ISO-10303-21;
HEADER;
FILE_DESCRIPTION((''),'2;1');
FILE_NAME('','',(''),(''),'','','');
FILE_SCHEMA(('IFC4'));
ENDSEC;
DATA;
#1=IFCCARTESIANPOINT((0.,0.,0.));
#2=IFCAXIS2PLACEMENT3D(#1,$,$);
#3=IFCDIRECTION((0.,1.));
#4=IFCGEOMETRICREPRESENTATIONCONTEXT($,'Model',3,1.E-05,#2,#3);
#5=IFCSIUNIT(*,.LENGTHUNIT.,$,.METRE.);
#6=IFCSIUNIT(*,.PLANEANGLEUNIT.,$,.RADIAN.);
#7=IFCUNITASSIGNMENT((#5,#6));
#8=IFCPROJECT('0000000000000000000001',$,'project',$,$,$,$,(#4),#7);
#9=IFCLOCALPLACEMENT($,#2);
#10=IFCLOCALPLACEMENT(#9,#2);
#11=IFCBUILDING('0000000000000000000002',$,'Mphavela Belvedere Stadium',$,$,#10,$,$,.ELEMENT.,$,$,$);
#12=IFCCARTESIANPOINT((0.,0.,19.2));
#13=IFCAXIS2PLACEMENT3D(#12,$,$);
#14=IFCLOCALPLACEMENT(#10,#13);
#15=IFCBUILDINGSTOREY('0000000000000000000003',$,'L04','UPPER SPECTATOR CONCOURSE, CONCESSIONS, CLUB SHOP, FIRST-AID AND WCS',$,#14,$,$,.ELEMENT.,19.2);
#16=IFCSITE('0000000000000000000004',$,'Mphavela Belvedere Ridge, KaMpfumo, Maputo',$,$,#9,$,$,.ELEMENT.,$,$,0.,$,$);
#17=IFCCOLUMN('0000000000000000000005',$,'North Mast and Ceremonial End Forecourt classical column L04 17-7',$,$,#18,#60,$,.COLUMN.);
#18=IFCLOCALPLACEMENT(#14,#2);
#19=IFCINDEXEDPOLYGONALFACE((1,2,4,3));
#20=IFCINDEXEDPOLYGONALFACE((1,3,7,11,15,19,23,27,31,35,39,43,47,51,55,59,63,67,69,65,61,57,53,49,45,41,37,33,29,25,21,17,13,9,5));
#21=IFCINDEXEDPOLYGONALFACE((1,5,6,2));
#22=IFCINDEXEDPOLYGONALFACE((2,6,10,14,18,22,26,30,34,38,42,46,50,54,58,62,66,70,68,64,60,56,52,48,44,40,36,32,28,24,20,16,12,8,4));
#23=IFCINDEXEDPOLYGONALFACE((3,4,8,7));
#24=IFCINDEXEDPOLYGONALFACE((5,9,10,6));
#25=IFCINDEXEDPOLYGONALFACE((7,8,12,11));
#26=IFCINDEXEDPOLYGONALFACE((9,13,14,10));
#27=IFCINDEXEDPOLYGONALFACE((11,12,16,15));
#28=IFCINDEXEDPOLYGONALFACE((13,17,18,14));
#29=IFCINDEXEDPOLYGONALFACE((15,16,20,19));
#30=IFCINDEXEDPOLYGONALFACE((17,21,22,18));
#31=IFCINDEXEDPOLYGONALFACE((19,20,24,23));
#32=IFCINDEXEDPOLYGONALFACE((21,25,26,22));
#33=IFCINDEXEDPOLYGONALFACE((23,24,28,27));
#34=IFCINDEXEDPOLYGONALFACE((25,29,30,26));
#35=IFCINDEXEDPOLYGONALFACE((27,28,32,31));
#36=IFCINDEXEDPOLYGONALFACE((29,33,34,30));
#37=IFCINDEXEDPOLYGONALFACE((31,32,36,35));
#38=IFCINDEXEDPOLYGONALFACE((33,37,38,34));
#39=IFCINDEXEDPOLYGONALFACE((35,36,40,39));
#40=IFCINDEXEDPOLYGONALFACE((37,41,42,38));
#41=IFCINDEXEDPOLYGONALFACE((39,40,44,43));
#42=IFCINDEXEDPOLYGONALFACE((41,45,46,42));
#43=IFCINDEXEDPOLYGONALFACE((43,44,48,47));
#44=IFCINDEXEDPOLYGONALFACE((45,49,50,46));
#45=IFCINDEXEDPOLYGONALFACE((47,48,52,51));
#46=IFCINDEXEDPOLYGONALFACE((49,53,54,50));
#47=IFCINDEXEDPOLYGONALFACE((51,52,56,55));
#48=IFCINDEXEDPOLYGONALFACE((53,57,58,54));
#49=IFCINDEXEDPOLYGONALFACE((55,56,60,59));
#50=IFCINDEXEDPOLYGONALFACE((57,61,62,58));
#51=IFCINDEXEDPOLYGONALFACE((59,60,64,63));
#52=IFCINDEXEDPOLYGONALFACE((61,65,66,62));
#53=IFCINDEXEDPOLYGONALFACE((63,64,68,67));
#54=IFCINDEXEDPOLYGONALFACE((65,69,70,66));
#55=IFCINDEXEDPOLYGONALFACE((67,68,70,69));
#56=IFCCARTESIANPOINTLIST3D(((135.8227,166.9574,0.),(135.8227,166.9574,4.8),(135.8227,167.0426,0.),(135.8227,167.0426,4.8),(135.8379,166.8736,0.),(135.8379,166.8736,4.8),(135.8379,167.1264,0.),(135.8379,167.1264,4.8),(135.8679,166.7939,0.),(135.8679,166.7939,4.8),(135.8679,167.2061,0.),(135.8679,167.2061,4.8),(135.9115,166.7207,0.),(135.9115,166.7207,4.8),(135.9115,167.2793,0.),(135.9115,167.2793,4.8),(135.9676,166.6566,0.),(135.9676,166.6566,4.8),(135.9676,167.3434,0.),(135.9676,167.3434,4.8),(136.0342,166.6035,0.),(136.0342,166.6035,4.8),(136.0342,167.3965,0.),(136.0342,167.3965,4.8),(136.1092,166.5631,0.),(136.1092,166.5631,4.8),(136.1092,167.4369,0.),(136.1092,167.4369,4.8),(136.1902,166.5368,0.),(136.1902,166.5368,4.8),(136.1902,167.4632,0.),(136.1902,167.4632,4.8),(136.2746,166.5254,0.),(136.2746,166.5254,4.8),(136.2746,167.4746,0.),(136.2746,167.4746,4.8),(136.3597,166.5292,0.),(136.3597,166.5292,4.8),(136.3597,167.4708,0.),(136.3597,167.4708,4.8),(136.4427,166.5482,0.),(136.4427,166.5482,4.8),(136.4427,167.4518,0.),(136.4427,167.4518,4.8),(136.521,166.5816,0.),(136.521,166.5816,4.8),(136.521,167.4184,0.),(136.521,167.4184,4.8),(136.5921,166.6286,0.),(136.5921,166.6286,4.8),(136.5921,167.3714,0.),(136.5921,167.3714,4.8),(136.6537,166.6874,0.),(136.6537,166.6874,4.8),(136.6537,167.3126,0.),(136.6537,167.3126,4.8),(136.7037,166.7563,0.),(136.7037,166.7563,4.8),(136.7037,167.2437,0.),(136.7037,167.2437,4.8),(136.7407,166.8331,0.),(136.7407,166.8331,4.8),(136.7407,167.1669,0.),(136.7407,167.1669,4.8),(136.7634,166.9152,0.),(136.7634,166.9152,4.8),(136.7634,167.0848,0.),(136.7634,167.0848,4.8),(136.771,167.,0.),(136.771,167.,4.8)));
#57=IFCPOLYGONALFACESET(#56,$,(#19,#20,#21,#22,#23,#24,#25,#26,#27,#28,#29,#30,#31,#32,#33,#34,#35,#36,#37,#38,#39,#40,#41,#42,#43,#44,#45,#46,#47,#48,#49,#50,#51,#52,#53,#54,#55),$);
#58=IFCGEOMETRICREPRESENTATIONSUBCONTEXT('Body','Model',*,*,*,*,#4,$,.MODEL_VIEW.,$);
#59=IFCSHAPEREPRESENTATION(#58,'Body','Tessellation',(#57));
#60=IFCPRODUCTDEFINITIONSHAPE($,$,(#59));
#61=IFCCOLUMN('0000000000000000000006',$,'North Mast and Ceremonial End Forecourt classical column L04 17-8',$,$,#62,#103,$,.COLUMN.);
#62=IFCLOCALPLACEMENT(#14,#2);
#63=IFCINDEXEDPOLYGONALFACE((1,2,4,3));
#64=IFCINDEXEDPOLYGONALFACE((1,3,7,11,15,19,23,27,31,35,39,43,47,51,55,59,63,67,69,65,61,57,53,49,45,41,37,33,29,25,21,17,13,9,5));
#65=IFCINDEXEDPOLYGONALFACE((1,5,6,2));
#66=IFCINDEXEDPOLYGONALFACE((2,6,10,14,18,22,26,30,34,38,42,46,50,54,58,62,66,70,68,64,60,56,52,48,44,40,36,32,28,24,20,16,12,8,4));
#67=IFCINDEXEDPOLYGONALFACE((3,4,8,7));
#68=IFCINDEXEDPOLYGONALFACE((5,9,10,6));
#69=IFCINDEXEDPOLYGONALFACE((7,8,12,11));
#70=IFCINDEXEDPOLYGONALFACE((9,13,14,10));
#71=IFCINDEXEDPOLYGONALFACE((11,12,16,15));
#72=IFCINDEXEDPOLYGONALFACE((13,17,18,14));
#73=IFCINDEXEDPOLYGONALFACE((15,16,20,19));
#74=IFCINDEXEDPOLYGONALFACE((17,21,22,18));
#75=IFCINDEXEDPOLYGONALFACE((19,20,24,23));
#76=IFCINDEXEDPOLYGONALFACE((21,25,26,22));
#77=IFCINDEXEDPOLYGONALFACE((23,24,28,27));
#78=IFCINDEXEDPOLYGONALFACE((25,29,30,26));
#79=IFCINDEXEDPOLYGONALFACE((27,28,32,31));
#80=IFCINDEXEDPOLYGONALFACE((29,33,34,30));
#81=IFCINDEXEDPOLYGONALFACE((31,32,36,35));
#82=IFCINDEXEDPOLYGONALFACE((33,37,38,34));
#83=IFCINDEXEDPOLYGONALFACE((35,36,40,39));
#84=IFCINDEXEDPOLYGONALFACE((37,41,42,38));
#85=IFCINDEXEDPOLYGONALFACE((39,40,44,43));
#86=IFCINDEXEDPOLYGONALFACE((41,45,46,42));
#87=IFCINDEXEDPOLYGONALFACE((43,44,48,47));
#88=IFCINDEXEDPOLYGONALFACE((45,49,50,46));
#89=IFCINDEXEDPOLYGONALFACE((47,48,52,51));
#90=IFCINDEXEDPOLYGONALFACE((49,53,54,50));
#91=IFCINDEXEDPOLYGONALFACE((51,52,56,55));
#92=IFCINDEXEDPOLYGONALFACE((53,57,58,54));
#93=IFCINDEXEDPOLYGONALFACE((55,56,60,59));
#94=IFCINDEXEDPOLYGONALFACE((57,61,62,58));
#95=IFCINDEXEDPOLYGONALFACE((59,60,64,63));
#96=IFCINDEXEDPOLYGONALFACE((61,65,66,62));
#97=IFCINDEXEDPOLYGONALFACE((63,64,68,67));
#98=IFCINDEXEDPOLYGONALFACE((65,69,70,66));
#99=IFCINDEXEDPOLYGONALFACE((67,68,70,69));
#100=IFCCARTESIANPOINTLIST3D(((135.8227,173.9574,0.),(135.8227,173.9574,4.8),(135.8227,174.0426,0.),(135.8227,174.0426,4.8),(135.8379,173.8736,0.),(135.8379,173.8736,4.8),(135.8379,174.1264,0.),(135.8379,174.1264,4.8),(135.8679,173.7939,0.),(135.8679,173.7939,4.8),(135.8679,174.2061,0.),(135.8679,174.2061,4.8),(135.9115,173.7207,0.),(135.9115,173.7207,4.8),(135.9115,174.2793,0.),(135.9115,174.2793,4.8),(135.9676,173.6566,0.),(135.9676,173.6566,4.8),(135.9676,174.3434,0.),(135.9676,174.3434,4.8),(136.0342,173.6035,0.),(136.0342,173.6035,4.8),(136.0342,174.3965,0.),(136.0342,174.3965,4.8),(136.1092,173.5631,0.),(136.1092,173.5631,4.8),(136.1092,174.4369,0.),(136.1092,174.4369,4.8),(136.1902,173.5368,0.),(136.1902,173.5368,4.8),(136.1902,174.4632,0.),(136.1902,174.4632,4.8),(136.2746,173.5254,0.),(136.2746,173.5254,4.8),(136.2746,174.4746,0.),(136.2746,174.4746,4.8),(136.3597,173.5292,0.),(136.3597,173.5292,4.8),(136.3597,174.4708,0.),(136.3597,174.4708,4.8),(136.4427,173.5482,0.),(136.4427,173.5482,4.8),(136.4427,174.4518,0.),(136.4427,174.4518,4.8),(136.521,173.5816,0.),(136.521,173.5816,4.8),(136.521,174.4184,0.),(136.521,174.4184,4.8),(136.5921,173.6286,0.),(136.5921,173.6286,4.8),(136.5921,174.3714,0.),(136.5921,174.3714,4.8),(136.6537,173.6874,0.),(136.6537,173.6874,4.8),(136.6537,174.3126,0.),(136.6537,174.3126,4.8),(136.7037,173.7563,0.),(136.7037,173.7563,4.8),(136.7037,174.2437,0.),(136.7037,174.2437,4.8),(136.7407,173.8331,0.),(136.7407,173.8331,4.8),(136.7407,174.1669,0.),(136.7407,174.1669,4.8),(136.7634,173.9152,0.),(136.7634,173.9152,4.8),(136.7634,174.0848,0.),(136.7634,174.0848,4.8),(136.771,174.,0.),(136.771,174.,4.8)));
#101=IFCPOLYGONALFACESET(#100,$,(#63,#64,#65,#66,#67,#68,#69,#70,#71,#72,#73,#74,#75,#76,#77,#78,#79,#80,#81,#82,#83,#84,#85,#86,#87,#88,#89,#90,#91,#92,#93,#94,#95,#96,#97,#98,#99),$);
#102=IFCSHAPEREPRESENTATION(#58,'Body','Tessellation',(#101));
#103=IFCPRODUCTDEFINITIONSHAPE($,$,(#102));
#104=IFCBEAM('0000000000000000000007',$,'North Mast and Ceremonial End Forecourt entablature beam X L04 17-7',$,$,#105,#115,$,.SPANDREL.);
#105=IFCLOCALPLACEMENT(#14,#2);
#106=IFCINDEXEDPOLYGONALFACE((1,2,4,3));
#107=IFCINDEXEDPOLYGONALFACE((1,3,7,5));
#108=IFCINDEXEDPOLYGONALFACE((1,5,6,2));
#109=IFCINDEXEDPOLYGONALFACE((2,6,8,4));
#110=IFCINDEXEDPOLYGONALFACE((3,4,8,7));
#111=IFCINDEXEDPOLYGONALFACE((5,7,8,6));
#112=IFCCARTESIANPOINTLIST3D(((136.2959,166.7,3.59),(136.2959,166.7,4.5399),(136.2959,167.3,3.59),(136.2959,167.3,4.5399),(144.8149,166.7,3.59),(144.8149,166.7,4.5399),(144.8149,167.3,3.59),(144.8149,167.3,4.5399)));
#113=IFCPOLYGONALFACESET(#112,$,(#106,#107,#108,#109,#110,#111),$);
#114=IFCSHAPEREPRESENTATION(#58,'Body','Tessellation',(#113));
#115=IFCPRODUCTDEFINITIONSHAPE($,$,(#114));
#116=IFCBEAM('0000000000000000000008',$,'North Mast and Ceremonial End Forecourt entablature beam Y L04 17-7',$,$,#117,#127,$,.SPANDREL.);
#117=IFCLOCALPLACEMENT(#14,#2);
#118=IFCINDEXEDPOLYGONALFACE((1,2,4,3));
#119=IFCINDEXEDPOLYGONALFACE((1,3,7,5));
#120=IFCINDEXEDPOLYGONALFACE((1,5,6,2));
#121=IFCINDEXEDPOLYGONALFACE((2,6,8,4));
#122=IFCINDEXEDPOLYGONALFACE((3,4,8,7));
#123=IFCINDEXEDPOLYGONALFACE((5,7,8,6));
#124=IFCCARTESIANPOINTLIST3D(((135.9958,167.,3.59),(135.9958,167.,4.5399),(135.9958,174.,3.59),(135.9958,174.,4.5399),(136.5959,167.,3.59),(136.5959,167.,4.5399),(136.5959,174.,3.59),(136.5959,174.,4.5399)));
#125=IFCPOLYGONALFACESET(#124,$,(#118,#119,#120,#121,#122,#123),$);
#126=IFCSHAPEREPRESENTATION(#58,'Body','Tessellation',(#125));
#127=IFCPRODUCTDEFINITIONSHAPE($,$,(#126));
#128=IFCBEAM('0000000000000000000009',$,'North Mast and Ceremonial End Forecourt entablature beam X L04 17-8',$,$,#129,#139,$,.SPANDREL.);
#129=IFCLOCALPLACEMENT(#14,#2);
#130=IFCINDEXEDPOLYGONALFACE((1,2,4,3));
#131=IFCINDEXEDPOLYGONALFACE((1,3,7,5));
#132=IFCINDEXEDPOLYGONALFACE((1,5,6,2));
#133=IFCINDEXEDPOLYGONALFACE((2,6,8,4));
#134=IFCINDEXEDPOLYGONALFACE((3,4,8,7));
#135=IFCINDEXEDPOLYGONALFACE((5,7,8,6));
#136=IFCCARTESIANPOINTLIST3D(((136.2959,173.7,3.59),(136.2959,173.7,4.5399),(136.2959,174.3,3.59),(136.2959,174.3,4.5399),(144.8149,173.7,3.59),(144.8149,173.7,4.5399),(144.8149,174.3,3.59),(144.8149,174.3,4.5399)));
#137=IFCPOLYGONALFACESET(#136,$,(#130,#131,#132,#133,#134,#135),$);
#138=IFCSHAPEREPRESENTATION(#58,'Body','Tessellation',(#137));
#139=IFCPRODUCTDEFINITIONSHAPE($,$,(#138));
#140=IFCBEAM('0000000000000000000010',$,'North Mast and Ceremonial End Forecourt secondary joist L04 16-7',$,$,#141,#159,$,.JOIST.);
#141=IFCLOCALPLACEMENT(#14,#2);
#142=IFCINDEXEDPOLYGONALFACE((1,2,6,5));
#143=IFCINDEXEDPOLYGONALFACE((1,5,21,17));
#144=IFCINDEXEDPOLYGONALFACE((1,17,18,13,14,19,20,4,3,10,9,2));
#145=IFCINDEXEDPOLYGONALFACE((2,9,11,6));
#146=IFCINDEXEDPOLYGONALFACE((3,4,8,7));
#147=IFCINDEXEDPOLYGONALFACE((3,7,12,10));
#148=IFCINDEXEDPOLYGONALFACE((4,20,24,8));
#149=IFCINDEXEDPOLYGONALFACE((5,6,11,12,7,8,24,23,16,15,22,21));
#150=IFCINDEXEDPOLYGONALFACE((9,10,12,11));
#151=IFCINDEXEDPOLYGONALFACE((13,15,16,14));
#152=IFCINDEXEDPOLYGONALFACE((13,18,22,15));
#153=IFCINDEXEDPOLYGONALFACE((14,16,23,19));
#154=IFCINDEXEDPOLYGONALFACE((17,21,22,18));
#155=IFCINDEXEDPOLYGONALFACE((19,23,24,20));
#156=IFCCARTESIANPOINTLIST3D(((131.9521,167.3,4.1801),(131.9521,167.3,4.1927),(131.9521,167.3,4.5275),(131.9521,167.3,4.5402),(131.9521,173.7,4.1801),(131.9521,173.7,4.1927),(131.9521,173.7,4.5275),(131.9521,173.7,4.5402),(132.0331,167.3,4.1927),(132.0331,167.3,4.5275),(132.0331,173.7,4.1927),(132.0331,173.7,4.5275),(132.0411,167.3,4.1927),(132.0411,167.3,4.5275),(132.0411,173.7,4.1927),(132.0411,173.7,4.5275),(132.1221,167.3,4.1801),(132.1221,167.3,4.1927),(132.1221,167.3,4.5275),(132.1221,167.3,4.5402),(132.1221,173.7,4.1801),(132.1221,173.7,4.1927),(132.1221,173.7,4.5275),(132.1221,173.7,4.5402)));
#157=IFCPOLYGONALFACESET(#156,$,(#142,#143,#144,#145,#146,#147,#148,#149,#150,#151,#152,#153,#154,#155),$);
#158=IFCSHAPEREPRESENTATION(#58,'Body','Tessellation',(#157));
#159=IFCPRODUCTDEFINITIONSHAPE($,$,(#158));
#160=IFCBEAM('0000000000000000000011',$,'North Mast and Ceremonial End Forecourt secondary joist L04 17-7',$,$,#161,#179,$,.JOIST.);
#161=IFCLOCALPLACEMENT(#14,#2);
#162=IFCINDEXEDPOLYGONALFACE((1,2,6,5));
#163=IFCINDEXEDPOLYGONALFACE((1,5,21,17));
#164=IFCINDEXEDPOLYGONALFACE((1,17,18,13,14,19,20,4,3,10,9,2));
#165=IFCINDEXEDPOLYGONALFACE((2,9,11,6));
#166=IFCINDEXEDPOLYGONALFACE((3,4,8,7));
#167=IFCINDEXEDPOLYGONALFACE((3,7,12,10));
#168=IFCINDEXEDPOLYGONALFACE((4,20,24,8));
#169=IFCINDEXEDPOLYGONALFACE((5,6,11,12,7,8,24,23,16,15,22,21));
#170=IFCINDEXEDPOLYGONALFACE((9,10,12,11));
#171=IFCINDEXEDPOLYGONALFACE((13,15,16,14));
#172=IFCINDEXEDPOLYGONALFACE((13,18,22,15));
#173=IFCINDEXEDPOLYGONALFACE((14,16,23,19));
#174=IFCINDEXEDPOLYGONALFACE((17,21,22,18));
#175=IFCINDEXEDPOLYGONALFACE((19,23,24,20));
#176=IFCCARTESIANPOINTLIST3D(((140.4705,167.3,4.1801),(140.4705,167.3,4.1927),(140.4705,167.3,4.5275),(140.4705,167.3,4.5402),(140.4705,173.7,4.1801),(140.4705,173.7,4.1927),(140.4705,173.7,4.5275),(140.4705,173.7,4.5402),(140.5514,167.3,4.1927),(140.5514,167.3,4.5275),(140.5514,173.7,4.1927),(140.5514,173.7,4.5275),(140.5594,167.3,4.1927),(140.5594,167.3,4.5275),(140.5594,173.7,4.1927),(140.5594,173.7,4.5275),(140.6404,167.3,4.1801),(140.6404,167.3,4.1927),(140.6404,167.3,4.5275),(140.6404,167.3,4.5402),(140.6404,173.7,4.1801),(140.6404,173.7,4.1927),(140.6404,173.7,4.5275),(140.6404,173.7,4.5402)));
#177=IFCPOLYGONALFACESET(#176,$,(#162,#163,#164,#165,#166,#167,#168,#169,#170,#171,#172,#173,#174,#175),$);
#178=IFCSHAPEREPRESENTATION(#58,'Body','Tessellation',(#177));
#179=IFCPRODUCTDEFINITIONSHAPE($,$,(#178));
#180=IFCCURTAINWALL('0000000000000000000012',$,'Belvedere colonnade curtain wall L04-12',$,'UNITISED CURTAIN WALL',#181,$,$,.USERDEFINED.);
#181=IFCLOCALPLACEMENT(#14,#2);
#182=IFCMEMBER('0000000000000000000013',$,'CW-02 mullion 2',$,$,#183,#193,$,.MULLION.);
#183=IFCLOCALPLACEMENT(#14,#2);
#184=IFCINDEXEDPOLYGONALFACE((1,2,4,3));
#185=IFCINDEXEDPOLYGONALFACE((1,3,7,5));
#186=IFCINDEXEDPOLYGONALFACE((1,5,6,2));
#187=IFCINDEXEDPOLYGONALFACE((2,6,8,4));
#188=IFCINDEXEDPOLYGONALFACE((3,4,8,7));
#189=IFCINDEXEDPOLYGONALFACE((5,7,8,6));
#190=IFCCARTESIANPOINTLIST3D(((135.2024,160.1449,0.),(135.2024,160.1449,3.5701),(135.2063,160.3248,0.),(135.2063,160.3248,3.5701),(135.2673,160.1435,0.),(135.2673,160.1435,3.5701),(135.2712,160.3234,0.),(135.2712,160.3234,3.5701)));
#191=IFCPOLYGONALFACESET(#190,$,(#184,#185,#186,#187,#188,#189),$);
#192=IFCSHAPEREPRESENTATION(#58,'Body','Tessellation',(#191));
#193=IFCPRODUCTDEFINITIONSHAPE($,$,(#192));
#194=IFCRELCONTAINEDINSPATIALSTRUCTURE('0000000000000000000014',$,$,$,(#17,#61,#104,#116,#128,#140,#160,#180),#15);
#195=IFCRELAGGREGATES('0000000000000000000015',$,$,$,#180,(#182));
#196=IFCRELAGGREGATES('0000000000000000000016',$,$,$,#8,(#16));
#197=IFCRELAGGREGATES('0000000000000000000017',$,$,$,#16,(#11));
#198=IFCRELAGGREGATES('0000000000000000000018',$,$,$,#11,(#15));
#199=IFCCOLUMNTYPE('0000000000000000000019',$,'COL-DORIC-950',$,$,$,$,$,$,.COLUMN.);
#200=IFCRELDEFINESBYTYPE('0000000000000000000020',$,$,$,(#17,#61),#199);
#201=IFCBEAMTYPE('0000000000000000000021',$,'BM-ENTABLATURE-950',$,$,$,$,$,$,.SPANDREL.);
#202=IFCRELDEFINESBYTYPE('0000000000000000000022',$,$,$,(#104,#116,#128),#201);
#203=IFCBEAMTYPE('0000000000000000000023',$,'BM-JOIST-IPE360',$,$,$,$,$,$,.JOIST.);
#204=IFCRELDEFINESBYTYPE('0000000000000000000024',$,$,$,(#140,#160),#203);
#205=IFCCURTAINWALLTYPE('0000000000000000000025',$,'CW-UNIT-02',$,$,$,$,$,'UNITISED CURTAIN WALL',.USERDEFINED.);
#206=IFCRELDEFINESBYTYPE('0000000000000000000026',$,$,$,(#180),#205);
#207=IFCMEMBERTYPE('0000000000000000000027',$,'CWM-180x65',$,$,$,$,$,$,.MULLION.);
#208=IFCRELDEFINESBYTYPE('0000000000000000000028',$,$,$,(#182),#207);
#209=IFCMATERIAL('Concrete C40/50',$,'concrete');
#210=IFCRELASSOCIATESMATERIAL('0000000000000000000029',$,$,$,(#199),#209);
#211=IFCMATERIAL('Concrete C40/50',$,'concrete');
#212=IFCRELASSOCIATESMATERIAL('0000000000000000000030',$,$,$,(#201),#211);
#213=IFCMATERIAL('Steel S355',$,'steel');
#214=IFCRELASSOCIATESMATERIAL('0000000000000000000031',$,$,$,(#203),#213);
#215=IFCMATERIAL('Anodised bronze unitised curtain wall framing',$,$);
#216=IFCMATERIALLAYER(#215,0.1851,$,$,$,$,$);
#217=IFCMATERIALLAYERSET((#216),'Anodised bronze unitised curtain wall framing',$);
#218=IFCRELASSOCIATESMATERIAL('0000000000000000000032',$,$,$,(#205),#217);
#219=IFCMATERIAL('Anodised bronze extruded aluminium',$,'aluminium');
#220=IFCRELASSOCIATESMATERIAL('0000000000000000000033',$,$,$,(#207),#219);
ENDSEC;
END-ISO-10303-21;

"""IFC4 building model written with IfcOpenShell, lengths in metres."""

from ifc_helpers import new_model, si_unit, direction, frame, origin, origin_2d, place, context, subcontext, project, spatial, rectangle, circle, i_section, extrude, material, layer, layer_set, material_profile, profile_set, type_object, element, aggregate, save


model = new_model("IFC4")

# Units and contexts
model_context = context("Model", 3, precision=1e-05, world=origin(), true_north=direction((0.0, 1.0)))
body_context = subcontext(model_context, "Body", "Model", "MODEL_VIEW")
ifc_project = project(units=[si_unit("LENGTHUNIT", "METRE"), si_unit("PLANEANGLEUNIT", "RADIAN")], contexts=[model_context])

# Site, building, storey
site_placement = place(None, origin())
site = spatial("IfcSite", under=ifc_project, at=site_placement, Name="Mphavela Belvedere Ridge, KaMpfumo, Maputo", CompositionType="ELEMENT", RefElevation=0.0)
building_placement = place(site_placement, origin())
building = spatial("IfcBuilding", under=site, at=building_placement, Name="Mphavela Belvedere Stadium", CompositionType="ELEMENT")
storey_placement = place(building_placement, frame((0.0, 0.0, 19.2)))
storey = spatial("IfcBuildingStorey", under=building, at=storey_placement, Name="L04", Description="UPPER SPECTATOR CONCOURSE, CONCESSIONS, CLUB SHOP, FIRST-AID AND WCS", CompositionType="ELEMENT", Elevation=19.2)

# Columns
ifc_material_1 = material(Name="Concrete C40/50", Category="concrete")
ifc_material_profile_1 = material_profile(ifc_material_1, circle(Radius=0.4751, at=origin_2d()), Name="COL D950")
ifc_profile_set_1 = profile_set([ifc_material_profile_1], Name="Concrete C40/50")
column_type = type_object("IfcColumnType", Name="COL-DORIC-950", PredefinedType="COLUMN", material=ifc_profile_set_1)
for number, where, z_axis, x_axis, name in (
    (1, (136.2959, 167.0, 0.0), (0.0, 0.0, 1.0), (1.0, 0.0, 0.0), "North Mast and Ceremonial End Forecourt classical column L04 17-7"),
    (2, (136.2959, 174.0, 0.0), (0.0, 0.0, 1.0), (1.0, 0.0, 0.0), "North Mast and Ceremonial End Forecourt classical column L04 17-8"),
):
    element("IfcColumn", number, at=place(storey_placement, frame(where, z_axis=z_axis, x_axis=x_axis)), inside=storey, type_object=column_type, Name=name, PredefinedType="COLUMN", context=body_context, shape_type="SweptSolid", body=[
        extrude(circle(Radius=0.4751, at=origin_2d()), origin(), (0.0, 0.0, 1.0), 4.8),
    ])

# Beams
ifc_material_2 = material(Name="Concrete C40/50", Category="concrete")
ifc_material_profile_2 = material_profile(ifc_material_2, rectangle(XDim=0.6001, YDim=0.95, at=origin_2d()), Name="RC 600x950")
ifc_profile_set_2 = profile_set([ifc_material_profile_2], Name="Concrete C40/50")
beam_type_1 = type_object("IfcBeamType", Name="BM-ENTABLATURE-950", PredefinedType="SPANDREL", material=ifc_profile_set_2)
beam_1_placement = place(storey_placement, frame((136.2959, 167.0, 4.0649), z_axis=(1.0, 0.0, 0.0), x_axis=(0.0, 1.0, 0.0)))
element("IfcBeam", 3, at=beam_1_placement, inside=storey, type_object=beam_type_1, Name="North Mast and Ceremonial End Forecourt entablature beam X L04 17-7", PredefinedType="SPANDREL", context=body_context, shape_type="SweptSolid", body=[
    extrude(rectangle(XDim=0.6001, YDim=0.95, at=origin_2d()), origin(), (0.0, 0.0, 1.0), 8.519),
])
beam_2_placement = place(storey_placement, frame((136.2959, 167.0, 4.0649), z_axis=(0.0, 1.0, 0.0), x_axis=(-1.0, 0.0, 0.0)))
element("IfcBeam", 4, at=beam_2_placement, inside=storey, type_object=beam_type_1, Name="North Mast and Ceremonial End Forecourt entablature beam Y L04 17-7", PredefinedType="SPANDREL", context=body_context, shape_type="SweptSolid", body=[
    extrude(rectangle(XDim=0.6001, YDim=0.95, at=origin_2d()), origin(), (0.0, 0.0, 1.0), 7.0),
])
beam_3_placement = place(storey_placement, frame((136.2959, 174.0, 4.0649), z_axis=(1.0, 0.0, 0.0), x_axis=(0.0, 1.0, 0.0)))
element("IfcBeam", 5, at=beam_3_placement, inside=storey, type_object=beam_type_1, Name="North Mast and Ceremonial End Forecourt entablature beam X L04 17-8", PredefinedType="SPANDREL", context=body_context, shape_type="SweptSolid", body=[
    extrude(rectangle(XDim=0.6001, YDim=0.95, at=origin_2d()), origin(), (0.0, 0.0, 1.0), 8.519),
])
ifc_material_3 = material(Name="Steel S355", Category="steel")
ifc_material_profile_3 = material_profile(ifc_material_3, i_section(OverallWidth=0.1699, OverallDepth=0.3601, WebThickness=0.0081, FlangeThickness=0.0127, at=origin_2d()), Name="IPE 360")
ifc_profile_set_3 = profile_set([ifc_material_profile_3], Name="Steel S355")
beam_type_2 = type_object("IfcBeamType", Name="BM-JOIST-IPE360", PredefinedType="JOIST", material=ifc_profile_set_3)
for number, where, z_axis, x_axis, name in (
    (6, (132.0371, 167.3, 4.3601), (0.0, 1.0, 0.0), (-1.0, 0.0, 0.0), "North Mast and Ceremonial End Forecourt secondary joist L04 16-7"),
    (7, (140.5554, 167.3, 4.3601), (0.0, 1.0, 0.0), (-1.0, 0.0, 0.0), "North Mast and Ceremonial End Forecourt secondary joist L04 17-7"),
):
    element("IfcBeam", number, at=place(storey_placement, frame(where, z_axis=z_axis, x_axis=x_axis)), inside=storey, type_object=beam_type_2, Name=name, PredefinedType="JOIST", context=body_context, shape_type="SweptSolid", body=[
        extrude(i_section(OverallWidth=0.1699, OverallDepth=0.3601, WebThickness=0.0081, FlangeThickness=0.0127, at=origin_2d()), origin(), (0.0, 0.0, 1.0), 6.3999),
    ])

# Curtain wall, member
ifc_material_4 = material(Name="Anodised bronze unitised curtain wall framing")
ifc_layer_1 = layer(ifc_material_4, 0.1851)
ifc_layer_set_1 = layer_set([ifc_layer_1], Name="Anodised bronze unitised curtain wall framing")
curtain_wall_type = type_object("IfcCurtainWallType", Name="CW-UNIT-02", ElementType="UNITISED CURTAIN WALL", PredefinedType="USERDEFINED", material=ifc_layer_set_1)
curtain_wall_placement = place(storey_placement, origin())
curtain_wall = element("IfcCurtainWall", 8, at=curtain_wall_placement, inside=storey, type_object=curtain_wall_type, Name="Belvedere colonnade curtain wall L04-12", ObjectType="UNITISED CURTAIN WALL", PredefinedType="USERDEFINED")
ifc_material_5 = material(Name="Anodised bronze extruded aluminium", Category="aluminium")
ifc_material_profile_4 = material_profile(ifc_material_5, rectangle(XDim=0.1799, YDim=0.0649, at=origin_2d()), Name="CW-MUL 180x65")
ifc_profile_set_4 = profile_set([ifc_material_profile_4], Name="Anodised bronze extruded aluminium")
member_type_1 = type_object("IfcMemberType", Name="CWM-180x65", PredefinedType="MULLION", material=ifc_profile_set_4)
member_1_placement = place(storey_placement, frame((135.2368, 160.2341, 0.0), z_axis=(0.0, 0.0, 1.0), x_axis=(-0.021527, -0.999768, 0.0)))
member_1 = element("IfcMember", 9, at=member_1_placement, type_object=member_type_1, Name="CW-02 mullion 2", PredefinedType="MULLION", context=body_context, shape_type="SweptSolid", body=[
    extrude(rectangle(XDim=0.1799, YDim=0.0649, at=origin_2d()), origin(), (0.0, 0.0, 1.0), 3.5701),
])
aggregate(curtain_wall, [member_1])

save(model, "model.ifc")
